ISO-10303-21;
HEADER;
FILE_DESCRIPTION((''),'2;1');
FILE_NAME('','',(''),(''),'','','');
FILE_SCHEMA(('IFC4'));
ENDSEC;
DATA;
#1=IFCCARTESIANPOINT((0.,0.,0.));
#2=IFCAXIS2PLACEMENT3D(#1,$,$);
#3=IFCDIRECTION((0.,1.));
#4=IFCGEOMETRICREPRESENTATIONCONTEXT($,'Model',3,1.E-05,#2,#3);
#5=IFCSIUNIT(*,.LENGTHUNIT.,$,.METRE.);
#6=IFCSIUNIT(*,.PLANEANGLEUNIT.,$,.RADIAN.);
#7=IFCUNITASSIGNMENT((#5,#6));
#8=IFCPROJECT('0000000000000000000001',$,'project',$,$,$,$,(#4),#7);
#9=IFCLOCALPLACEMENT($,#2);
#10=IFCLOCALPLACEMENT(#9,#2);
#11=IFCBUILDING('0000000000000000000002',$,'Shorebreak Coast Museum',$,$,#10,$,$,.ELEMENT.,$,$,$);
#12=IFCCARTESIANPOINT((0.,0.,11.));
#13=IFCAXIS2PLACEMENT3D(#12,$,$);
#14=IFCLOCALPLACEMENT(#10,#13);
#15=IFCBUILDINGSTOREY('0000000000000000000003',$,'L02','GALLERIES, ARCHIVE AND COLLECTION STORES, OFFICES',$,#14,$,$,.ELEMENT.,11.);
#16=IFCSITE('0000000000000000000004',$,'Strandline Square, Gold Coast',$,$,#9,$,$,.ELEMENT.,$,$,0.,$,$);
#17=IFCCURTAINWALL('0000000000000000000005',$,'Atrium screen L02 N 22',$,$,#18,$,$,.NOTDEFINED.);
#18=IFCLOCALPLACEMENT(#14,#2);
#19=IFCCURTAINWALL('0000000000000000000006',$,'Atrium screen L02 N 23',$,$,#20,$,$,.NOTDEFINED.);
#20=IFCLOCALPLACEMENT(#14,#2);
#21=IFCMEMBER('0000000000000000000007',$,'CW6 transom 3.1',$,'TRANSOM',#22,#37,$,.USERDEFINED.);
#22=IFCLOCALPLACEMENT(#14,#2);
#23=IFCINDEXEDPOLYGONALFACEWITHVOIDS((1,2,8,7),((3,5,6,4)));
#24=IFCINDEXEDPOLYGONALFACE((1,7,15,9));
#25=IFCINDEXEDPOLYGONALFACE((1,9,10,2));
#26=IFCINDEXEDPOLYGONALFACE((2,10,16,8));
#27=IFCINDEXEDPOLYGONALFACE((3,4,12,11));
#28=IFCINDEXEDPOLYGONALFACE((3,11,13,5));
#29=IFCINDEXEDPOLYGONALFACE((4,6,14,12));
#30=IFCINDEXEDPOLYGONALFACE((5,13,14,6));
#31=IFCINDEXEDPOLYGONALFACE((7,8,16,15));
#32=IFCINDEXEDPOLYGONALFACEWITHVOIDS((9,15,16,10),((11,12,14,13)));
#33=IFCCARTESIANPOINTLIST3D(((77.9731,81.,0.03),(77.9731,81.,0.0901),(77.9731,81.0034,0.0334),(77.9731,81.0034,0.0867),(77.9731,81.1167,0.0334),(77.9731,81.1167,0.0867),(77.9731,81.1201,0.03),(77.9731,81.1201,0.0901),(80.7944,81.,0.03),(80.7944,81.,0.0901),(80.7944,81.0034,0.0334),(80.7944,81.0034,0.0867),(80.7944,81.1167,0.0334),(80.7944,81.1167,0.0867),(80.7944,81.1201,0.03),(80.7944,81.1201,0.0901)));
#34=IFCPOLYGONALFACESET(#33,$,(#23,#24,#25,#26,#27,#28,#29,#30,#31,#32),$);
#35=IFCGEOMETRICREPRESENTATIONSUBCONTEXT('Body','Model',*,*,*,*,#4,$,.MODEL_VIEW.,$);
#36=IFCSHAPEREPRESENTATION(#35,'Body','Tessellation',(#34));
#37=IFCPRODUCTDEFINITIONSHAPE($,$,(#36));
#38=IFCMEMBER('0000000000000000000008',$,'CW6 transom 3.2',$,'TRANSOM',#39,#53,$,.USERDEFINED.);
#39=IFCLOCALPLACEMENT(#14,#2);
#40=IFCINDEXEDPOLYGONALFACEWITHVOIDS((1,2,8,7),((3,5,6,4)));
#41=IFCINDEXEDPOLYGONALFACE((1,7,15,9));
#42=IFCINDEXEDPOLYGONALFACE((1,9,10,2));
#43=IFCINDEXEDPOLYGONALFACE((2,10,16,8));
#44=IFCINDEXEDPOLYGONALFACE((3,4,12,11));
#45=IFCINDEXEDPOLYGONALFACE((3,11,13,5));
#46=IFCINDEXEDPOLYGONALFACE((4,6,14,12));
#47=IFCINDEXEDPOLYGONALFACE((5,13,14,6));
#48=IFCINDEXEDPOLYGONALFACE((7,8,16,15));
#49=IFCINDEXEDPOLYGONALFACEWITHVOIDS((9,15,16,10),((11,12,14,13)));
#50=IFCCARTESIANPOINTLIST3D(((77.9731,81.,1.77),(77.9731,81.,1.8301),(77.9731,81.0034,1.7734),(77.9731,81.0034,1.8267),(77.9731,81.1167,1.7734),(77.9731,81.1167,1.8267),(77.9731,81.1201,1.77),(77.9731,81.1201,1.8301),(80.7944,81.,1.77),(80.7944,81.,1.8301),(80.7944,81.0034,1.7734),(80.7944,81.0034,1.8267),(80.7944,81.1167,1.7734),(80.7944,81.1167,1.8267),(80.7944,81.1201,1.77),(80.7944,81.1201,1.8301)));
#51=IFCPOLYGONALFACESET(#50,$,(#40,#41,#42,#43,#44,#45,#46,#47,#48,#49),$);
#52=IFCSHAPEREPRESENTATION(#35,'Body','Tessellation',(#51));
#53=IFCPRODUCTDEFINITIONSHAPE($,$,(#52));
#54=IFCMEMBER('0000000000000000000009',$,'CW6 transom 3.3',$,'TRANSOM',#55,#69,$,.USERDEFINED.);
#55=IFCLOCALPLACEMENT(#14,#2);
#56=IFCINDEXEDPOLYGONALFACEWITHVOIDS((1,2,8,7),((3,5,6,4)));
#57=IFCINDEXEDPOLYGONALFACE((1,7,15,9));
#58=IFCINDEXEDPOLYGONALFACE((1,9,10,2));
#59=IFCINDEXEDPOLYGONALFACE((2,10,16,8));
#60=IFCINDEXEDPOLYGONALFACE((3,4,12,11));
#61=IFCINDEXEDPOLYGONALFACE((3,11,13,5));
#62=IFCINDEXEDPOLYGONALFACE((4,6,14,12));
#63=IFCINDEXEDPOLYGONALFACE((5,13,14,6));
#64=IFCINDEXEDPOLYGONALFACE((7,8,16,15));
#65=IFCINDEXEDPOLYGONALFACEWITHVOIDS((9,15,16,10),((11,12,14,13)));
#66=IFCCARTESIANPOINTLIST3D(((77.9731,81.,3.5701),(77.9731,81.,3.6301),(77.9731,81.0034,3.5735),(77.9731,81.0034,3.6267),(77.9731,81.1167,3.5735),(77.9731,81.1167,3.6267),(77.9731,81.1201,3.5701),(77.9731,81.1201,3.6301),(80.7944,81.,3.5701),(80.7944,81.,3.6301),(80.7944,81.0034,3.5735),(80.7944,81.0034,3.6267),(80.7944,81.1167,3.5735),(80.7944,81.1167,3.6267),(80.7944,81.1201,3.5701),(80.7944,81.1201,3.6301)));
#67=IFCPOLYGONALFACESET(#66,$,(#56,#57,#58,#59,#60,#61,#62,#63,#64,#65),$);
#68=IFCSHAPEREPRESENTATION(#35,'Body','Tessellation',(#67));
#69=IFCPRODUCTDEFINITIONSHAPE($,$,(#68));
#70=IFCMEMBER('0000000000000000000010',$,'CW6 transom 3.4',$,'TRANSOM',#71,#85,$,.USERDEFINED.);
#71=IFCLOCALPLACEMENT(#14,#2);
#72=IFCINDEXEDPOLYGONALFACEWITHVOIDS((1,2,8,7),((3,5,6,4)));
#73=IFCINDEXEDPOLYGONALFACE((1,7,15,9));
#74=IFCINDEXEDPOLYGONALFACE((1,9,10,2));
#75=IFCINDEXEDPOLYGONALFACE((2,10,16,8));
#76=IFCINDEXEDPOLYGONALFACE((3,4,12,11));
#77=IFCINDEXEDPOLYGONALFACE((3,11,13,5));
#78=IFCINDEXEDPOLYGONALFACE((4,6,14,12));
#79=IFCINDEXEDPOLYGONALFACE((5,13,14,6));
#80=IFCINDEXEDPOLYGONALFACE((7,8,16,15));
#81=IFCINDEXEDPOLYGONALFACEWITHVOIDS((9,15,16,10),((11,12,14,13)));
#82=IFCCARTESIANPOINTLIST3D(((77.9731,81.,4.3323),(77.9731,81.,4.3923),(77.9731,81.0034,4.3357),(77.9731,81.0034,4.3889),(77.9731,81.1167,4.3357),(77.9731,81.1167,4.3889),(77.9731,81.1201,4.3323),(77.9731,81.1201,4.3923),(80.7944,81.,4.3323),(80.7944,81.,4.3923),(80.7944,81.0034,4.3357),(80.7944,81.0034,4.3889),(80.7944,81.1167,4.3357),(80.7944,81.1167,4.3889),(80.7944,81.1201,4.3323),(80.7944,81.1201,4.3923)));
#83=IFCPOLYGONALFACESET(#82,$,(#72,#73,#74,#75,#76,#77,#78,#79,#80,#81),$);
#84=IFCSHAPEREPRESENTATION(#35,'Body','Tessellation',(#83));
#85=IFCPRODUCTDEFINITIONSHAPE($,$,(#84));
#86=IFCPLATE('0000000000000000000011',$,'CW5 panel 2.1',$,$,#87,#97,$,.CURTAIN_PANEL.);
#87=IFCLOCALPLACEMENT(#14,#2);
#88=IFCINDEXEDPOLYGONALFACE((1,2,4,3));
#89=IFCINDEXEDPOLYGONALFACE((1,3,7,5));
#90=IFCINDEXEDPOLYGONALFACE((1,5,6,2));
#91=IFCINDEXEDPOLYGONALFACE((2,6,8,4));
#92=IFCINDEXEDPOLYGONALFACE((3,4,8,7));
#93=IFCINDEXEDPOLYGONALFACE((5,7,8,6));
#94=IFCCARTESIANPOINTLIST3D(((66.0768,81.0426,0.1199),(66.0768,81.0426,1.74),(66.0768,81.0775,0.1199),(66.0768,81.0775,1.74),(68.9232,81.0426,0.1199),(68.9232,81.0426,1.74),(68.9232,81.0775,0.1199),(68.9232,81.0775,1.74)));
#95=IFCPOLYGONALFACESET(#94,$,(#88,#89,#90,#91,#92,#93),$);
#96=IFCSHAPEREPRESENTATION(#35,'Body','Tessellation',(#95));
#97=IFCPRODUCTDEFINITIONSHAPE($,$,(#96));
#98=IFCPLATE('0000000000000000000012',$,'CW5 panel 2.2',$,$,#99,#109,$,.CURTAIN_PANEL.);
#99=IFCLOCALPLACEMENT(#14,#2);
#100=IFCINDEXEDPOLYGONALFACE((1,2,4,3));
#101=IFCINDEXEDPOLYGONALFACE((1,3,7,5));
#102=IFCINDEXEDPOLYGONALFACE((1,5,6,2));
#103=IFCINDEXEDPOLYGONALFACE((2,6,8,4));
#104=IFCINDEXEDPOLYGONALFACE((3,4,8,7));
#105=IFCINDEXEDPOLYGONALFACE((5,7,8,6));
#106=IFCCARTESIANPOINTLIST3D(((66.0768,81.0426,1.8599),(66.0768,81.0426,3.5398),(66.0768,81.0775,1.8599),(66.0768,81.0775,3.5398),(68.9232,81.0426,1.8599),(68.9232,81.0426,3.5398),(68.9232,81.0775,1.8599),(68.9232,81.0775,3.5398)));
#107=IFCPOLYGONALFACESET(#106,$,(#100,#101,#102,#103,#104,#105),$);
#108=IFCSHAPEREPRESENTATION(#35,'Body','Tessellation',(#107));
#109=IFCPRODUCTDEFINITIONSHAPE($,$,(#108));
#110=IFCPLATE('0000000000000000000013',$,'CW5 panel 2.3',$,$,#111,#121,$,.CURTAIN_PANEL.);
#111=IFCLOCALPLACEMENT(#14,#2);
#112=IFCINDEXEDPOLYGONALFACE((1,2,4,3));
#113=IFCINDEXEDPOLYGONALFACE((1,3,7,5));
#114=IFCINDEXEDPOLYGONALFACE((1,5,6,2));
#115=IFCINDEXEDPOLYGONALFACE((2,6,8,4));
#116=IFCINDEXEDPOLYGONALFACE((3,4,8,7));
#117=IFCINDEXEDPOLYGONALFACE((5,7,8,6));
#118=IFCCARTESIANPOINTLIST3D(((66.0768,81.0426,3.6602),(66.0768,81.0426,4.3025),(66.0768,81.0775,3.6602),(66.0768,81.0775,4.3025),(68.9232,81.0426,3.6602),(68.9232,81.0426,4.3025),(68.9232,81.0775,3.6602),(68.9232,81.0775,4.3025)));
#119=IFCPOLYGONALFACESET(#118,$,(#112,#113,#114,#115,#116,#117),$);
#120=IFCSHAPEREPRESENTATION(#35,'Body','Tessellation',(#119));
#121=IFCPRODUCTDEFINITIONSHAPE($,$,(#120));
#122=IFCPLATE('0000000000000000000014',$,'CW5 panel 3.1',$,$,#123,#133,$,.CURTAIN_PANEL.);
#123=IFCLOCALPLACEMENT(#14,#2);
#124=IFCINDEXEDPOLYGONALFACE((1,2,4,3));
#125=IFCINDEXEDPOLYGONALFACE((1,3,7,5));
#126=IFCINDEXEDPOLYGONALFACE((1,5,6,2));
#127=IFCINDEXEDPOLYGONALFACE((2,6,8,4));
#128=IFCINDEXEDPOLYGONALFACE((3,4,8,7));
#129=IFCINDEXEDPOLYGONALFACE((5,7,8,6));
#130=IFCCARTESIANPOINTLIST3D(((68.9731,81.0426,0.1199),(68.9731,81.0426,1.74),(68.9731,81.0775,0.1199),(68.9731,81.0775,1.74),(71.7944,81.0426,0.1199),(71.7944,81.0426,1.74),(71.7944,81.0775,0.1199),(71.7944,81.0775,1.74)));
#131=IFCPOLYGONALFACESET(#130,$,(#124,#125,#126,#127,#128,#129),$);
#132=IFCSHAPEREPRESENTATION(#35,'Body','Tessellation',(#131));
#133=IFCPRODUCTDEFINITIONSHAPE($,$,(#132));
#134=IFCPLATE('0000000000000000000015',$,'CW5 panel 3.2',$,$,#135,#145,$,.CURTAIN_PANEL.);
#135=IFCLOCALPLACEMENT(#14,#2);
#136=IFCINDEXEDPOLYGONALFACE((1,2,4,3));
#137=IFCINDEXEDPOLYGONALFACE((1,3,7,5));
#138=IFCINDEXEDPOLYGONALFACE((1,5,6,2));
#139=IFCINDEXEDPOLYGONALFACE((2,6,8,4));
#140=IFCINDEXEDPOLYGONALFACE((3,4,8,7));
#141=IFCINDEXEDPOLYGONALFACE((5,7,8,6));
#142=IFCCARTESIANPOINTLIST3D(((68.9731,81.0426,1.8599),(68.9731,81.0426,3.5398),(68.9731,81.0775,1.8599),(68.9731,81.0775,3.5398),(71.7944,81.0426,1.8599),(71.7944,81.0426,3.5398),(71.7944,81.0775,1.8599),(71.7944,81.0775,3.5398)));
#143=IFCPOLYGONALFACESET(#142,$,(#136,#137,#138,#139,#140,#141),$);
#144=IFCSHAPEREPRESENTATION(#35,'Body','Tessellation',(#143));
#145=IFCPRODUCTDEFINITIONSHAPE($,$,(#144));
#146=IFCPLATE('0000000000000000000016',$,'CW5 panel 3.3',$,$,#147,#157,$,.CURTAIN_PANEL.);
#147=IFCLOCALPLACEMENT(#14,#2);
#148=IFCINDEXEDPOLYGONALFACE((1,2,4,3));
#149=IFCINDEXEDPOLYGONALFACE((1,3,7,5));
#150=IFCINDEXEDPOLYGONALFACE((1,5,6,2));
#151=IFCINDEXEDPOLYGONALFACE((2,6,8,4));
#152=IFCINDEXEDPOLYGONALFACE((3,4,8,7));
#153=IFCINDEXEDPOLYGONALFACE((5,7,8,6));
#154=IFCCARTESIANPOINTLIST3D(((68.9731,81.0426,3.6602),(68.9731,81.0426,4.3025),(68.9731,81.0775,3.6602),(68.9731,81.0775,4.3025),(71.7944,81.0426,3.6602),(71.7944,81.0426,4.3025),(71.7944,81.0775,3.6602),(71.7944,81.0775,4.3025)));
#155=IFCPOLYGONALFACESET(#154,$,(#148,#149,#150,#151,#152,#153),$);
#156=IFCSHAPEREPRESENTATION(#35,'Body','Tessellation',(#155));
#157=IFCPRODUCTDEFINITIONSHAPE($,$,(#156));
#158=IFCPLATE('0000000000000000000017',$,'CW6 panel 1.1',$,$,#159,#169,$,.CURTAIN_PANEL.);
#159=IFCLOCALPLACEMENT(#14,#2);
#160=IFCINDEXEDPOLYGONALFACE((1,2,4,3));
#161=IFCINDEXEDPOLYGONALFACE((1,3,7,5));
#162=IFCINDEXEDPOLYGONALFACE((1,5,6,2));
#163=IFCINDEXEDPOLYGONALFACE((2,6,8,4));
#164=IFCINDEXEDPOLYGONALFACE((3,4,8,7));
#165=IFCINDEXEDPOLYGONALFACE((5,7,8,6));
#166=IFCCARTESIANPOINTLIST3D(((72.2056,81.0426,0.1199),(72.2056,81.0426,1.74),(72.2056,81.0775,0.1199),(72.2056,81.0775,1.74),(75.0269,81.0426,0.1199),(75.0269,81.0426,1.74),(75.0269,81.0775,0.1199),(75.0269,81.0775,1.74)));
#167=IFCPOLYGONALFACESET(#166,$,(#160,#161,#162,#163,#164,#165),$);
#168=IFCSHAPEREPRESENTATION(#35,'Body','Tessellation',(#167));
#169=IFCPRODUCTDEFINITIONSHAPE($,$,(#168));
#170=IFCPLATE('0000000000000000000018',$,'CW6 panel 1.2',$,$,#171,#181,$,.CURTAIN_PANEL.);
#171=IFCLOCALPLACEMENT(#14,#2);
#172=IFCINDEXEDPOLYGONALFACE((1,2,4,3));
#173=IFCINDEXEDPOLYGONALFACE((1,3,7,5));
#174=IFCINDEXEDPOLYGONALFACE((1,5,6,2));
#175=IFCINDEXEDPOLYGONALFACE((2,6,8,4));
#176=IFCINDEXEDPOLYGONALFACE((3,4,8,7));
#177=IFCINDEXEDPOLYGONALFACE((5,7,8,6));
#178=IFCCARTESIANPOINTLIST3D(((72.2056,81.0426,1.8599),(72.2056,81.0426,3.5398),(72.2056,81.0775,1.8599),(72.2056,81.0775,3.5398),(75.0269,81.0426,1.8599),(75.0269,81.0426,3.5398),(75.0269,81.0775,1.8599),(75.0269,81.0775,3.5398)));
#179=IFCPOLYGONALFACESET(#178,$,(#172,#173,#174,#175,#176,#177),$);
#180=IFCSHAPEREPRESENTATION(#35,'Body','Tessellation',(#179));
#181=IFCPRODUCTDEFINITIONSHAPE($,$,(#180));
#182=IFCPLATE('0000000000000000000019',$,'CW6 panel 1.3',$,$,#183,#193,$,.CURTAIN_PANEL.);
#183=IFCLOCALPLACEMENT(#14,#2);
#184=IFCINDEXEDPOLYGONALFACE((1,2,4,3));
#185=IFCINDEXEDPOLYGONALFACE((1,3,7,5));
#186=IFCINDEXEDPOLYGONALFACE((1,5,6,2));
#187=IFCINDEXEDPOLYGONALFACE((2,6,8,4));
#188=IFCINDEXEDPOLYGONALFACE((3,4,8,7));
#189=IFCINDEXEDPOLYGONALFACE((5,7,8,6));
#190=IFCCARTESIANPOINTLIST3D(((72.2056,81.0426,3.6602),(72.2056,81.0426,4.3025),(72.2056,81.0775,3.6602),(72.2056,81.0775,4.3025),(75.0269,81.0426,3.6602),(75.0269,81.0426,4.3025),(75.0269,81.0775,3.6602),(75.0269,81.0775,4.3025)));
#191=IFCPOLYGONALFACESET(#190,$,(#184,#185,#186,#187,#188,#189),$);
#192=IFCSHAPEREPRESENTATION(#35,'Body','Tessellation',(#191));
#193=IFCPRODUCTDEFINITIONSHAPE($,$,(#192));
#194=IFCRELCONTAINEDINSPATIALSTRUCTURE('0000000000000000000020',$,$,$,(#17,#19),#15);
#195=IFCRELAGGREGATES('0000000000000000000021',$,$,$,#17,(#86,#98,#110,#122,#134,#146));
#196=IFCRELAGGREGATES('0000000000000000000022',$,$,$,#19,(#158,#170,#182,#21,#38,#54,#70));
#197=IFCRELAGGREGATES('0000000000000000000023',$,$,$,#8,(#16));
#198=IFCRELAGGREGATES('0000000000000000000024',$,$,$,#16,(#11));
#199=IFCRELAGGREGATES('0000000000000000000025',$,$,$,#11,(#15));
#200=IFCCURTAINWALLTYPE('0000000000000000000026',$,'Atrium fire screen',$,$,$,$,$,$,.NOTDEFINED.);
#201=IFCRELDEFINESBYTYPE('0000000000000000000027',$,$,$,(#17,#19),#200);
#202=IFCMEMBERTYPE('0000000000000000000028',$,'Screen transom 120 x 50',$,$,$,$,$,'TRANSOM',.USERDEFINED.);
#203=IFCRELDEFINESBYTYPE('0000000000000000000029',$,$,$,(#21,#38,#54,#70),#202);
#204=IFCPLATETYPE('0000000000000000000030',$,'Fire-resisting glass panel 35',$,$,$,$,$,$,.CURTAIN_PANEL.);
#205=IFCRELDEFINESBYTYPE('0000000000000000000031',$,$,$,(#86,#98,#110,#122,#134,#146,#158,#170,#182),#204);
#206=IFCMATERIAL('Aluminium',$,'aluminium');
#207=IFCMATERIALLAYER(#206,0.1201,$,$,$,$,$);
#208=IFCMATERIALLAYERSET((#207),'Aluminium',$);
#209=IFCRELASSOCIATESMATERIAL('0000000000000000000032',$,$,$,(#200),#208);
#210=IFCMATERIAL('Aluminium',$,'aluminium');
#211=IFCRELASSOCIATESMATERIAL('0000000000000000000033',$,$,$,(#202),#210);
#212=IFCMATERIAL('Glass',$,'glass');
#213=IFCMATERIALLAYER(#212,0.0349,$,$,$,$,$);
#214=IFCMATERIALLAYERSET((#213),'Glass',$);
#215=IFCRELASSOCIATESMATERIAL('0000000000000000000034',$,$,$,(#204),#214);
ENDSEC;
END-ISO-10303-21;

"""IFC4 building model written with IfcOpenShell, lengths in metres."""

from ifc_helpers import new_model, si_unit, direction, frame, origin, origin_2d, place, context, subcontext, project, spatial, rectangle, hollow_rectangle, extrude, material, layer, layer_set, material_profile, profile_set, type_object, element, aggregate, save


model = new_model("IFC4")

# Units and contexts
model_context = context("Model", 3, precision=1e-05, world=origin(), true_north=direction((0.0, 1.0)))
body_context = subcontext(model_context, "Body", "Model", "MODEL_VIEW")
ifc_project = project(units=[si_unit("LENGTHUNIT", "METRE"), si_unit("PLANEANGLEUNIT", "RADIAN")], contexts=[model_context])

# Site, building, storey
site_placement = place(None, origin())
site = spatial("IfcSite", under=ifc_project, at=site_placement, Name="Strandline Square, Gold Coast", CompositionType="ELEMENT", RefElevation=0.0)
building_placement = place(site_placement, origin())
building = spatial("IfcBuilding", under=site, at=building_placement, Name="Shorebreak Coast Museum", CompositionType="ELEMENT")
storey_placement = place(building_placement, frame((0.0, 0.0, 11.0)))
storey = spatial("IfcBuildingStorey", under=building, at=storey_placement, Name="L02", Description="GALLERIES, ARCHIVE AND COLLECTION STORES, OFFICES", CompositionType="ELEMENT", Elevation=11.0)

# Curtain walls
ifc_material_1 = material(Name="Aluminium", Category="aluminium")
ifc_layer_1 = layer(ifc_material_1, 0.1201)
ifc_layer_set_1 = layer_set([ifc_layer_1], Name="Aluminium")
curtain_wall_type = type_object("IfcCurtainWallType", Name="Atrium fire screen", PredefinedType="NOTDEFINED", material=ifc_layer_set_1)
curtain_wall_1_placement = place(storey_placement, origin())
curtain_wall_1 = element("IfcCurtainWall", 1, at=curtain_wall_1_placement, inside=storey, type_object=curtain_wall_type, Name="Atrium screen L02 N 22", PredefinedType="NOTDEFINED")
curtain_wall_2_placement = place(storey_placement, origin())
curtain_wall_2 = element("IfcCurtainWall", 2, at=curtain_wall_2_placement, inside=storey, type_object=curtain_wall_type, Name="Atrium screen L02 N 23", PredefinedType="NOTDEFINED")

# Members
ifc_material_2 = material(Name="Aluminium", Category="aluminium")
ifc_material_profile_1 = material_profile(ifc_material_2, hollow_rectangle(XDim=0.1201, YDim=0.0601, WallThickness=0.0034, at=origin_2d()), Name="AL 60x120 RHS")
ifc_profile_set_1 = profile_set([ifc_material_profile_1], Name="Aluminium")
member_type_1 = type_object("IfcMemberType", Name="Screen transom 120 x 50", ElementType="TRANSOM", PredefinedType="USERDEFINED", material=ifc_profile_set_1)
member_1_placement = place(storey_placement, frame((77.9731, 81.0601, 0.0601), z_axis=(1.0, 0.0, 0.0), x_axis=(0.0, 1.0, 0.0)))
member_1 = element("IfcMember", 3, at=member_1_placement, type_object=member_type_1, Name="CW6 transom 3.1", ObjectType="TRANSOM", PredefinedType="USERDEFINED", context=body_context, shape_type="SweptSolid", body=[
    extrude(hollow_rectangle(XDim=0.1201, YDim=0.0601, WallThickness=0.0034, at=origin_2d()), origin(), (0.0, 0.0, 1.0), 2.8213),
])
member_2_placement = place(storey_placement, frame((77.9731, 81.0601, 1.8), z_axis=(1.0, 0.0, 0.0), x_axis=(0.0, 1.0, 0.0)))
member_2 = element("IfcMember", 4, at=member_2_placement, type_object=member_type_1, Name="CW6 transom 3.2", ObjectType="TRANSOM", PredefinedType="USERDEFINED", context=body_context, shape_type="SweptSolid", body=[
    extrude(hollow_rectangle(XDim=0.1201, YDim=0.0601, WallThickness=0.0034, at=origin_2d()), origin(), (0.0, 0.0, 1.0), 2.8213),
])
member_3_placement = place(storey_placement, frame((77.9731, 81.0601, 3.6001), z_axis=(1.0, 0.0, 0.0), x_axis=(0.0, 1.0, 0.0)))
member_3 = element("IfcMember", 5, at=member_3_placement, type_object=member_type_1, Name="CW6 transom 3.3", ObjectType="TRANSOM", PredefinedType="USERDEFINED", context=body_context, shape_type="SweptSolid", body=[
    extrude(hollow_rectangle(XDim=0.1201, YDim=0.0601, WallThickness=0.0034, at=origin_2d()), origin(), (0.0, 0.0, 1.0), 2.8213),
])
member_4_placement = place(storey_placement, frame((77.9731, 81.0601, 4.3623), z_axis=(1.0, 0.0, 0.0), x_axis=(0.0, 1.0, 0.0)))
member_4 = element("IfcMember", 6, at=member_4_placement, type_object=member_type_1, Name="CW6 transom 3.4", ObjectType="TRANSOM", PredefinedType="USERDEFINED", context=body_context, shape_type="SweptSolid", body=[
    extrude(hollow_rectangle(XDim=0.1201, YDim=0.0601, WallThickness=0.0034, at=origin_2d()), origin(), (0.0, 0.0, 1.0), 2.8213),
])

# Plates
ifc_material_3 = material(Name="Glass", Category="glass")
ifc_layer_2 = layer(ifc_material_3, 0.0349)
ifc_layer_set_2 = layer_set([ifc_layer_2], Name="Glass")
plate_type = type_object("IfcPlateType", Name="Fire-resisting glass panel 35", PredefinedType="CURTAIN_PANEL", material=ifc_layer_set_2)
plate_1_placement = place(storey_placement, frame((67.5, 81.0601, 0.1199), z_axis=(0.0, 0.0, 1.0), x_axis=(1.0, 0.0, 0.0)))
plate_1 = element("IfcPlate", 7, at=plate_1_placement, type_object=plate_type, Name="CW5 panel 2.1", PredefinedType="CURTAIN_PANEL", context=body_context, shape_type="SweptSolid", body=[
    extrude(rectangle(XDim=2.8464, YDim=0.0349, at=origin_2d()), origin(), (0.0, 0.0, 1.0), 1.6201),
])
plate_2_placement = place(storey_placement, frame((67.5, 81.0601, 1.8599), z_axis=(0.0, 0.0, 1.0), x_axis=(1.0, 0.0, 0.0)))
plate_2 = element("IfcPlate", 8, at=plate_2_placement, type_object=plate_type, Name="CW5 panel 2.2", PredefinedType="CURTAIN_PANEL", context=body_context, shape_type="SweptSolid", body=[
    extrude(rectangle(XDim=2.8464, YDim=0.0349, at=origin_2d()), origin(), (0.0, 0.0, 1.0), 1.6799),
])
plate_3_placement = place(storey_placement, frame((67.5, 81.0601, 3.6602), z_axis=(0.0, 0.0, 1.0), x_axis=(1.0, 0.0, 0.0)))
plate_3 = element("IfcPlate", 9, at=plate_3_placement, type_object=plate_type, Name="CW5 panel 2.3", PredefinedType="CURTAIN_PANEL", context=body_context, shape_type="SweptSolid", body=[
    extrude(rectangle(XDim=2.8464, YDim=0.0349, at=origin_2d()), origin(), (0.0, 0.0, 1.0), 0.6423),
])
plate_4_placement = place(storey_placement, frame((70.3838, 81.0601, 0.1199), z_axis=(0.0, 0.0, 1.0), x_axis=(1.0, 0.0, 0.0)))
plate_4 = element("IfcPlate", 10, at=plate_4_placement, type_object=plate_type, Name="CW5 panel 3.1", PredefinedType="CURTAIN_PANEL", context=body_context, shape_type="SweptSolid", body=[
    extrude(rectangle(XDim=2.8213, YDim=0.0349, at=origin_2d()), origin(), (0.0, 0.0, 1.0), 1.6201),
])
plate_5_placement = place(storey_placement, frame((70.3838, 81.0601, 1.8599), z_axis=(0.0, 0.0, 1.0), x_axis=(1.0, 0.0, 0.0)))
plate_5 = element("IfcPlate", 11, at=plate_5_placement, type_object=plate_type, Name="CW5 panel 3.2", PredefinedType="CURTAIN_PANEL", context=body_context, shape_type="SweptSolid", body=[
    extrude(rectangle(XDim=2.8213, YDim=0.0349, at=origin_2d()), origin(), (0.0, 0.0, 1.0), 1.6799),
])
plate_6_placement = place(storey_placement, frame((70.3838, 81.0601, 3.6602), z_axis=(0.0, 0.0, 1.0), x_axis=(1.0, 0.0, 0.0)))
plate_6 = element("IfcPlate", 12, at=plate_6_placement, type_object=plate_type, Name="CW5 panel 3.3", PredefinedType="CURTAIN_PANEL", context=body_context, shape_type="SweptSolid", body=[
    extrude(rectangle(XDim=2.8213, YDim=0.0349, at=origin_2d()), origin(), (0.0, 0.0, 1.0), 0.6423),
])
aggregate(curtain_wall_1, [plate_1, plate_2, plate_3, plate_4, plate_5, plate_6])
plate_7_placement = place(storey_placement, frame((73.6162, 81.0601, 0.1199), z_axis=(0.0, 0.0, 1.0), x_axis=(1.0, 0.0, 0.0)))
plate_7 = element("IfcPlate", 13, at=plate_7_placement, type_object=plate_type, Name="CW6 panel 1.1", PredefinedType="CURTAIN_PANEL", context=body_context, shape_type="SweptSolid", body=[
    extrude(rectangle(XDim=2.8213, YDim=0.0349, at=origin_2d()), origin(), (0.0, 0.0, 1.0), 1.6201),
])
plate_8_placement = place(storey_placement, frame((73.6162, 81.0601, 1.8599), z_axis=(0.0, 0.0, 1.0), x_axis=(1.0, 0.0, 0.0)))
plate_8 = element("IfcPlate", 14, at=plate_8_placement, type_object=plate_type, Name="CW6 panel 1.2", PredefinedType="CURTAIN_PANEL", context=body_context, shape_type="SweptSolid", body=[
    extrude(rectangle(XDim=2.8213, YDim=0.0349, at=origin_2d()), origin(), (0.0, 0.0, 1.0), 1.6799),
])
plate_9_placement = place(storey_placement, frame((73.6162, 81.0601, 3.6602), z_axis=(0.0, 0.0, 1.0), x_axis=(1.0, 0.0, 0.0)))
plate_9 = element("IfcPlate", 15, at=plate_9_placement, type_object=plate_type, Name="CW6 panel 1.3", PredefinedType="CURTAIN_PANEL", context=body_context, shape_type="SweptSolid", body=[
    extrude(rectangle(XDim=2.8213, YDim=0.0349, at=origin_2d()), origin(), (0.0, 0.0, 1.0), 0.6423),
])
aggregate(curtain_wall_2, [plate_7, plate_8, plate_9, member_1, member_2, member_3, member_4])

save(model, "model.ifc")
